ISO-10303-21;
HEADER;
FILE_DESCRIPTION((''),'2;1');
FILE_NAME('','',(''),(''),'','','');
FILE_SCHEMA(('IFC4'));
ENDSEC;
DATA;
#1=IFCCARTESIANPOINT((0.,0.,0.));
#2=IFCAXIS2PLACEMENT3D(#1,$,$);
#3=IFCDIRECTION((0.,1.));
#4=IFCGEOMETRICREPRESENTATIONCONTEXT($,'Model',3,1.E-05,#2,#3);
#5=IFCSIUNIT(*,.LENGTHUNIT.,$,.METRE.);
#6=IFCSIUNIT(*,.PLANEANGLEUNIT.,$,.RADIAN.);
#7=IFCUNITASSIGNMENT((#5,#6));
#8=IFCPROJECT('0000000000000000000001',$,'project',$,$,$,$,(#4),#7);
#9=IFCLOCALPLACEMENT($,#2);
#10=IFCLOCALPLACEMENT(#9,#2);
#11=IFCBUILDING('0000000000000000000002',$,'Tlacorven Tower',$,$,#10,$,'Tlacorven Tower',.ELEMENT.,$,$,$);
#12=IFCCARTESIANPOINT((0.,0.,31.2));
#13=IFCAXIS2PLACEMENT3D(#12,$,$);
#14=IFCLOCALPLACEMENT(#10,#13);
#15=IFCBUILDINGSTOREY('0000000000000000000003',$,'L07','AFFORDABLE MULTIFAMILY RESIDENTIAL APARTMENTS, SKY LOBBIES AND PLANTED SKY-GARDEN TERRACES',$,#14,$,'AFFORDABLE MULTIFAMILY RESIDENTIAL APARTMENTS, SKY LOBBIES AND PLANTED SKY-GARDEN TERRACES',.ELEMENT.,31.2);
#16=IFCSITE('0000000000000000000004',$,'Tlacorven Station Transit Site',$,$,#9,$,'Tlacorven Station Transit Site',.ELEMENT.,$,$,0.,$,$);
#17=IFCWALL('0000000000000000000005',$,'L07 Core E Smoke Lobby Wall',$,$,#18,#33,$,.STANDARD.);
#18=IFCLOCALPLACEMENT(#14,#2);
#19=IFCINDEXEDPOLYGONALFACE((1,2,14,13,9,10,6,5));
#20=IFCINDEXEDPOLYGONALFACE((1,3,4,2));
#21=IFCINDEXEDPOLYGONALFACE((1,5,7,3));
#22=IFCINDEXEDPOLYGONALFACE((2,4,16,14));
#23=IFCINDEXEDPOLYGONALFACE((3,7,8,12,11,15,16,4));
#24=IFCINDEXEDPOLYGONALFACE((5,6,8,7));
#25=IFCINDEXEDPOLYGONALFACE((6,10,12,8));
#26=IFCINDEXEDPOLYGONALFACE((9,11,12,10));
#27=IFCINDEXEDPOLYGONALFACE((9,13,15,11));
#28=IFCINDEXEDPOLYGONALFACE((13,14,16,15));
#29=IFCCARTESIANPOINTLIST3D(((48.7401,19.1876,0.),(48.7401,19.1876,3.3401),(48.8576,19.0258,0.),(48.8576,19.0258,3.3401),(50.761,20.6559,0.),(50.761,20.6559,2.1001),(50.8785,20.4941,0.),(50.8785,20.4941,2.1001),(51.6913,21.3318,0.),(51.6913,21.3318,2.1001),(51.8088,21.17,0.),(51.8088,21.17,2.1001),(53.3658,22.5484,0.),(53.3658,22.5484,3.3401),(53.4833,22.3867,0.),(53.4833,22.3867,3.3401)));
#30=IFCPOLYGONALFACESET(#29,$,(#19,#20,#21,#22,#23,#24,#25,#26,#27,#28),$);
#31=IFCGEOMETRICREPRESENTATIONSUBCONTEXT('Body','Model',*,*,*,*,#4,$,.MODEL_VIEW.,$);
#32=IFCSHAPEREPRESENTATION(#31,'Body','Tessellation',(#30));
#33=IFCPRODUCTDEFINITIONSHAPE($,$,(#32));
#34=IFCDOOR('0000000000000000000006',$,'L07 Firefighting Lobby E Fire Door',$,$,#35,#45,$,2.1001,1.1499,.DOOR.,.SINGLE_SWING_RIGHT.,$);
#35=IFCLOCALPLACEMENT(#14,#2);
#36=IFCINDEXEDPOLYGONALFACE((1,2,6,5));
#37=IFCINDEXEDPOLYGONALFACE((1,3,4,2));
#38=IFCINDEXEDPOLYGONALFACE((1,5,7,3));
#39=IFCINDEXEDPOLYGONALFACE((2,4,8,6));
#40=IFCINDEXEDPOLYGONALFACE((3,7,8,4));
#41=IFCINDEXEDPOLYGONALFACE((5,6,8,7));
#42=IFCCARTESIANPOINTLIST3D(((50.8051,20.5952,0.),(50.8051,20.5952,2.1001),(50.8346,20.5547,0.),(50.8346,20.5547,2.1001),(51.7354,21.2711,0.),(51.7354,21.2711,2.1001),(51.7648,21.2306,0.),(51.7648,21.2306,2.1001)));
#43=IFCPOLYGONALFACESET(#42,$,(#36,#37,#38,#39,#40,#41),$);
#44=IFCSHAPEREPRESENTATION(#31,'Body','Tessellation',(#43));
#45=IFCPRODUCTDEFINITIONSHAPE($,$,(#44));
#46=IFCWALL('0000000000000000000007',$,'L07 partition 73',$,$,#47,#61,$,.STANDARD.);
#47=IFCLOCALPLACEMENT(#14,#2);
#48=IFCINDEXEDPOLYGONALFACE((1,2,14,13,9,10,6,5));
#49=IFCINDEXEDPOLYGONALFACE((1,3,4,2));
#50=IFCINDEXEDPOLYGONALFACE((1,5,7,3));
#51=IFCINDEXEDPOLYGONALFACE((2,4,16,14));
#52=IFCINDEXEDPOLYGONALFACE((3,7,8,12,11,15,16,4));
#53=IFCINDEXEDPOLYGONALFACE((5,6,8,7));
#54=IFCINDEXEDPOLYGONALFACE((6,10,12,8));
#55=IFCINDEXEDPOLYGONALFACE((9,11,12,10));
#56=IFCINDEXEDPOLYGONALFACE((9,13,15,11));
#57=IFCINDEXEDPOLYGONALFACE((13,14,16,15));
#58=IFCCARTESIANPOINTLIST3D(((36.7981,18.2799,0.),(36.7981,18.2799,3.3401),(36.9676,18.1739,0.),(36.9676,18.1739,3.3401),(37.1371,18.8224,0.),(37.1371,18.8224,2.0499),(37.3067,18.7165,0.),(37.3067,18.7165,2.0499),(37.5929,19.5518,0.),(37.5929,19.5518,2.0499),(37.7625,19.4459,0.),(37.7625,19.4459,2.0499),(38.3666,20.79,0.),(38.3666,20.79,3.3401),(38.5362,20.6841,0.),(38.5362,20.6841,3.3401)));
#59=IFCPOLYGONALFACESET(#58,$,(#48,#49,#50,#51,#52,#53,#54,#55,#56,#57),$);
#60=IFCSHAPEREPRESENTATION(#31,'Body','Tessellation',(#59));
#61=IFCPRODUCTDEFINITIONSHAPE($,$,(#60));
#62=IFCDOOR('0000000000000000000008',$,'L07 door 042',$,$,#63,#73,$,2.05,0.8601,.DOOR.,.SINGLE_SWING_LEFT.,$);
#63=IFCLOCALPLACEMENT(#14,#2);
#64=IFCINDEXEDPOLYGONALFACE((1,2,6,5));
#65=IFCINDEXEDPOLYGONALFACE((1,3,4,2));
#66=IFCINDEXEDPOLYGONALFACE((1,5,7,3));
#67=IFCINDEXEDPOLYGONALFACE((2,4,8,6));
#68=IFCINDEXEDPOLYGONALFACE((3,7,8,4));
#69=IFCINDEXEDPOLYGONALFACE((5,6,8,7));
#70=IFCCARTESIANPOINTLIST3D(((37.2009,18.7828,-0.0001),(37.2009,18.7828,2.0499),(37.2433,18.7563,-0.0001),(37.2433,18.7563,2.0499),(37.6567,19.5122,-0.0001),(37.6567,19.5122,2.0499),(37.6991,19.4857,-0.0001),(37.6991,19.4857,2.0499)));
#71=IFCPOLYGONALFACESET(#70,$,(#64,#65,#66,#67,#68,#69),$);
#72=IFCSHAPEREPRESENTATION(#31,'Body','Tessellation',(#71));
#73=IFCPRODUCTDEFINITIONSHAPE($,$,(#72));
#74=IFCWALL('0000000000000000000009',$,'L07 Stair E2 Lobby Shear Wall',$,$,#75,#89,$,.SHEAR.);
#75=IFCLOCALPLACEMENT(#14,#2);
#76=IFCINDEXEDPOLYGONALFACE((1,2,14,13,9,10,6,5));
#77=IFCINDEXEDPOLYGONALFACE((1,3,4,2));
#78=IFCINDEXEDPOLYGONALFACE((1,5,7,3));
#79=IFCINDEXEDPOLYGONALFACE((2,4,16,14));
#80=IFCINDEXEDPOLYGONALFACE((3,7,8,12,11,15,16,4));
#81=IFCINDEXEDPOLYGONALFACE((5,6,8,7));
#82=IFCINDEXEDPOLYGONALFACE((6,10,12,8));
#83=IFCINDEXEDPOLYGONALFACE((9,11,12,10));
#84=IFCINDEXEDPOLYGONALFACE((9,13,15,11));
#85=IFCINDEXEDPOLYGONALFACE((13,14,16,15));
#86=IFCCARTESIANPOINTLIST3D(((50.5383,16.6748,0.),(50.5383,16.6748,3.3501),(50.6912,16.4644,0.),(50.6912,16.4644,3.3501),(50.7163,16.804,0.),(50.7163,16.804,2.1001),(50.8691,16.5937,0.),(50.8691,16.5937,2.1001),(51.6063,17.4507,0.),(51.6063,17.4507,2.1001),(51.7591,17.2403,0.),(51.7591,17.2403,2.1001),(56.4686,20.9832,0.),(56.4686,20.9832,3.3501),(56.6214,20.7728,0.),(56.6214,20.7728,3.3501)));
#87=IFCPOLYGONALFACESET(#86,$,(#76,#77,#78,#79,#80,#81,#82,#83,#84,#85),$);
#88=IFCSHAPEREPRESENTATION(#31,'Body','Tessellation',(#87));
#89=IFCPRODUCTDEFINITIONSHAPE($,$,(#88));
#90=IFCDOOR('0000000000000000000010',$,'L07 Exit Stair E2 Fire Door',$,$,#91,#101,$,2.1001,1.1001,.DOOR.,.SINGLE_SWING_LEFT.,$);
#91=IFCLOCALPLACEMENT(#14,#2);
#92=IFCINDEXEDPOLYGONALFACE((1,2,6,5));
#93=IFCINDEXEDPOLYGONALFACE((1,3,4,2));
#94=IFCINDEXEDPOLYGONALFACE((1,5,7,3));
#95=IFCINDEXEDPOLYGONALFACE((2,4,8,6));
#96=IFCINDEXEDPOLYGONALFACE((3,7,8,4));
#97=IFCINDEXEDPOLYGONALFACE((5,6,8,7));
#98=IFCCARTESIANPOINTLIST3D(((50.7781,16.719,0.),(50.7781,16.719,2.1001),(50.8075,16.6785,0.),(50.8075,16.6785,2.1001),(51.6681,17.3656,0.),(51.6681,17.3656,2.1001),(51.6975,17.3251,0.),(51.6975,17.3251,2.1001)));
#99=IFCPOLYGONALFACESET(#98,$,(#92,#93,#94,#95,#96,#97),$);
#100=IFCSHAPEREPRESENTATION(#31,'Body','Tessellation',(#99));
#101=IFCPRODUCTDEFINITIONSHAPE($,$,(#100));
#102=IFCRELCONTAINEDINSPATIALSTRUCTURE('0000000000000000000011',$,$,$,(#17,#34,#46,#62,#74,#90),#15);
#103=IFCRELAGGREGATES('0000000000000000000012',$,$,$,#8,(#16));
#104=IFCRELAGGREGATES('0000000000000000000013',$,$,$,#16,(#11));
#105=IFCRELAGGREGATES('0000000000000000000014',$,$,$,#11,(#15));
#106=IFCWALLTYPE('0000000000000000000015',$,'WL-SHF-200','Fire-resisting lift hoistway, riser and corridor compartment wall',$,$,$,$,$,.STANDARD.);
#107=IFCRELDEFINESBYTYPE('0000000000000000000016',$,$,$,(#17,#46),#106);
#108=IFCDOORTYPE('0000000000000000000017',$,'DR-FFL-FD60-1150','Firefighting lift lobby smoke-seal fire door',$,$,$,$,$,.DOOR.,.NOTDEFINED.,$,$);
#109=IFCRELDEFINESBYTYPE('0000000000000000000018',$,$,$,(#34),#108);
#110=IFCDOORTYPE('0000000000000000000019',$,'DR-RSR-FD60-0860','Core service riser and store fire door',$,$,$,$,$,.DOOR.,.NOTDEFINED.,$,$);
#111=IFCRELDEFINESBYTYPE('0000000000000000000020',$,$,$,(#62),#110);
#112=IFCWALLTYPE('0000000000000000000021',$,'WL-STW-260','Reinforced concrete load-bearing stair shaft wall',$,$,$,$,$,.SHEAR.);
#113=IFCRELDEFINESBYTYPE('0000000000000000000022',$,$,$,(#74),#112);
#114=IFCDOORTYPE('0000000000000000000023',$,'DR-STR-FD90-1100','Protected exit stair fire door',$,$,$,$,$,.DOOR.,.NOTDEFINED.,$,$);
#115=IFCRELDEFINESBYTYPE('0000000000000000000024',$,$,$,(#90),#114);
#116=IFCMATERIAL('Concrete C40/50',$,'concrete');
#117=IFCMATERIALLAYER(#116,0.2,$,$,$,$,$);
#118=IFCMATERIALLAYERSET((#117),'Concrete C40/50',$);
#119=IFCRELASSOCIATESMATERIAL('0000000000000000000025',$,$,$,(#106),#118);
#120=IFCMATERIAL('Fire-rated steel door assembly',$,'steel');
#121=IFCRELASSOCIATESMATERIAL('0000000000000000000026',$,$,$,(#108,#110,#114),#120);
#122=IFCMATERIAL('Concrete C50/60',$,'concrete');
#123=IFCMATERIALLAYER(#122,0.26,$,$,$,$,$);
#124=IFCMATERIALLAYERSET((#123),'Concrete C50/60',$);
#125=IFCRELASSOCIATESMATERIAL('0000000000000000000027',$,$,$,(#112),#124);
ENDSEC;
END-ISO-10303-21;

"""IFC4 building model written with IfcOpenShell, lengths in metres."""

from ifc_helpers import new_model, si_unit, direction, frame, frame_2d, origin, place, context, subcontext, project, spatial, rectangle, extrude, source, transform, mapped, material, layer, layer_set, type_object, element, fill, save


model = new_model("IFC4")

# Units and contexts
model_context = context("Model", 3, precision=1e-05, world=origin(), true_north=direction((0.0, 1.0)))
body_context = subcontext(model_context, "Body", "Model", "MODEL_VIEW")
ifc_project = project(units=[si_unit("LENGTHUNIT", "METRE"), si_unit("PLANEANGLEUNIT", "RADIAN")], contexts=[model_context])

# Site, building, storey
site_placement = place(None, origin())
site = spatial("IfcSite", under=ifc_project, at=site_placement, Name="Tlacorven Station Transit Site", LongName="Tlacorven Station Transit Site", CompositionType="ELEMENT", RefElevation=0.0)
building_placement = place(site_placement, origin())
building = spatial("IfcBuilding", under=site, at=building_placement, Name="Tlacorven Tower", LongName="Tlacorven Tower", CompositionType="ELEMENT")
storey_placement = place(building_placement, frame((0.0, 0.0, 31.2)))
storey = spatial("IfcBuildingStorey", under=building, at=storey_placement, Name="L07", Description="AFFORDABLE MULTIFAMILY RESIDENTIAL APARTMENTS, SKY LOBBIES AND PLANTED SKY-GARDEN TERRACES", LongName="AFFORDABLE MULTIFAMILY RESIDENTIAL APARTMENTS, SKY LOBBIES AND PLANTED SKY-GARDEN TERRACES", CompositionType="ELEMENT", Elevation=31.2)

# Shared definitions
ifc_material_1 = material(Name="Fire-rated steel door assembly", Category="steel")

# Walls, openings, doors
ifc_material_2 = material(Name="Concrete C40/50", Category="concrete")
ifc_layer_1 = layer(ifc_material_2, 0.2)
ifc_layer_set_1 = layer_set([ifc_layer_1], Name="Concrete C40/50")
wall_type_1 = type_object("IfcWallType", Name="WL-SHF-200", Description="Fire-resisting lift hoistway, riser and corridor compartment wall", PredefinedType="STANDARD", material=ifc_layer_set_1)
door_type_1 = type_object("IfcDoorType", Name="DR-FFL-FD60-1150", Description="Firefighting lift lobby smoke-seal fire door", OperationType="NOTDEFINED", PredefinedType="DOOR", material=ifc_material_1)
shared_shape_1 = source(origin(), body_context, "Body", "SweptSolid", [
    extrude(rectangle(XDim=1.1499, YDim=2.1001, at=frame_2d((0.575, 1.05))), frame((0.0, 0.0249, 0.0), z_axis=(0.0, -1.0, 0.0), x_axis=(1.0, 0.0, 0.0)), (0.0, 0.0, 1.0), 0.05),
])
wall_1_placement = place(storey_placement, frame((48.7988, 19.1067, 0.0), z_axis=(0.0, 0.0, 1.0), x_axis=(0.809013, 0.587791, 0.0)))
wall_1 = element("IfcWall", 1, at=wall_1_placement, inside=storey, type_object=wall_type_1, Name="L07 Core E Smoke Lobby Wall", PredefinedType="STANDARD", context=body_context, shape_type="SweptSolid", body=[
    extrude(rectangle(XDim=5.7178, YDim=0.2, at=frame_2d((2.8589, 0.0))), origin(), (0.0, 0.0, 1.0), 3.3401),
])
opening_1_placement = place(wall_1_placement, frame((2.498, 0.0, 0.0)))
opening_1 = element("IfcOpeningElement", 2, at=opening_1_placement, cuts=wall_1, PredefinedType="OPENING", context=body_context, shape_type="SweptSolid", body=[
    extrude(rectangle(XDim=1.1499, YDim=2.1001, at=frame_2d((0.575, 1.05))), frame((0.0, 0.1099, 0.0), z_axis=(0.0, -1.0, 0.0), x_axis=(1.0, 0.0, 0.0)), (0.0, 0.0, 1.0), 0.22),
])
door_1_placement = place(opening_1_placement, origin())
door_1 = element("IfcDoor", 3, at=door_1_placement, inside=storey, type_object=door_type_1, Name="L07 Firefighting Lobby E Fire Door", OperationType="SINGLE_SWING_RIGHT", OverallHeight=2.1001, OverallWidth=1.1499, PredefinedType="DOOR", context=body_context, shape_type="MappedRepresentation", body=[
    mapped(shared_shape_1, transform((0.0, 0.0, 0.0), scale=1.0)),
])
fill(opening_1, door_1)
wall_2_placement = place(storey_placement, frame((38.4514, 20.7371, 0.0), z_axis=(0.0, 0.0, 1.0), x_axis=(-0.529925, -0.848045, 0.0)))
wall_2 = element("IfcWall", 4, at=wall_2_placement, inside=storey, type_object=wall_type_1, Name="L07 partition 73", PredefinedType="STANDARD", context=body_context, shape_type="SweptSolid", body=[
    extrude(rectangle(XDim=2.96, YDim=0.2, at=frame_2d((1.48, 0.0))), origin(), (0.0, 0.0, 1.0), 3.3401),
])
opening_2_placement = place(wall_2_placement, frame((1.46, 0.0, 0.0)))
opening_2 = element("IfcOpeningElement", 5, at=opening_2_placement, cuts=wall_2, PredefinedType="OPENING", context=body_context, shape_type="SweptSolid", body=[
    extrude(rectangle(XDim=0.8601, YDim=2.05, at=frame_2d((0.4302, 1.0249))), frame((0.0, 0.1099, 0.0), z_axis=(0.0, -1.0, 0.0), x_axis=(1.0, 0.0, 0.0)), (0.0, 0.0, 1.0), 0.22),
])
door_type_2 = type_object("IfcDoorType", Name="DR-RSR-FD60-0860", Description="Core service riser and store fire door", OperationType="NOTDEFINED", PredefinedType="DOOR", material=ifc_material_1)
shared_shape_2 = source(origin(), body_context, "Body", "SweptSolid", [
    extrude(rectangle(XDim=0.8601, YDim=2.05, at=frame_2d((0.4302, 1.0249))), frame((0.0, 0.0249, 0.0), z_axis=(0.0, -1.0, 0.0), x_axis=(1.0, 0.0, 0.0)), (0.0, 0.0, 1.0), 0.05),
])
door_2_placement = place(opening_2_placement, frame((0.8601, 0.0, 0.0), z_axis=(0.0, 0.0, 1.0), x_axis=(-1.0, 0.0, 0.0)))
door_2 = element("IfcDoor", 6, at=door_2_placement, inside=storey, type_object=door_type_2, Name="L07 door 042", OperationType="SINGLE_SWING_LEFT", OverallHeight=2.05, OverallWidth=0.8601, PredefinedType="DOOR", context=body_context, shape_type="MappedRepresentation", body=[
    mapped(shared_shape_2, transform((0.0, 0.0, 0.0), scale=1.0)),
])
fill(opening_2, door_2)
ifc_material_3 = material(Name="Concrete C50/60", Category="concrete")
ifc_layer_2 = layer(ifc_material_3, 0.26)
ifc_layer_set_2 = layer_set([ifc_layer_2], Name="Concrete C50/60")
wall_type_2 = type_object("IfcWallType", Name="WL-STW-260", Description="Reinforced concrete load-bearing stair shaft wall", PredefinedType="SHEAR", material=ifc_layer_set_2)
wall_3_placement = place(storey_placement, frame((50.6147, 16.5696, 0.0), z_axis=(0.0, 0.0, 1.0), x_axis=(0.809028, 0.58777, 0.0)))
wall_3 = element("IfcWall", 7, at=wall_3_placement, inside=storey, type_object=wall_type_2, Name="L07 Stair E2 Lobby Shear Wall", PredefinedType="SHEAR", context=body_context, shape_type="SweptSolid", body=[
    extrude(rectangle(XDim=7.3301, YDim=0.26, at=frame_2d((3.665, 0.0))), origin(), (0.0, 0.0, 1.0), 3.3501),
])
opening_3_placement = place(wall_3_placement, frame((0.22, 0.0, 0.0)))
opening_3 = element("IfcOpeningElement", 8, at=opening_3_placement, cuts=wall_3, PredefinedType="OPENING", context=body_context, shape_type="SweptSolid", body=[
    extrude(rectangle(XDim=1.1001, YDim=2.1001, at=frame_2d((0.55, 1.05))), frame((0.0, 0.1401, 0.0), z_axis=(0.0, -1.0, 0.0), x_axis=(1.0, 0.0, 0.0)), (0.0, 0.0, 1.0), 0.28),
])
door_type_3 = type_object("IfcDoorType", Name="DR-STR-FD90-1100", Description="Protected exit stair fire door", OperationType="NOTDEFINED", PredefinedType="DOOR", material=ifc_material_1)
shared_shape_3 = source(origin(), body_context, "Body", "SweptSolid", [
    extrude(rectangle(XDim=1.1001, YDim=2.1001, at=frame_2d((0.55, 1.05))), frame((0.0, 0.0249, 0.0), z_axis=(0.0, -1.0, 0.0), x_axis=(1.0, 0.0, 0.0)), (0.0, 0.0, 1.0), 0.05),
])
door_3_placement = place(opening_3_placement, origin())
door_3 = element("IfcDoor", 9, at=door_3_placement, inside=storey, type_object=door_type_3, Name="L07 Exit Stair E2 Fire Door", OperationType="SINGLE_SWING_LEFT", OverallHeight=2.1001, OverallWidth=1.1001, PredefinedType="DOOR", context=body_context, shape_type="MappedRepresentation", body=[
    mapped(shared_shape_3, transform((0.0, 0.0, 0.0), scale=1.0)),
])
fill(opening_3, door_3)

save(model, "model.ifc")
